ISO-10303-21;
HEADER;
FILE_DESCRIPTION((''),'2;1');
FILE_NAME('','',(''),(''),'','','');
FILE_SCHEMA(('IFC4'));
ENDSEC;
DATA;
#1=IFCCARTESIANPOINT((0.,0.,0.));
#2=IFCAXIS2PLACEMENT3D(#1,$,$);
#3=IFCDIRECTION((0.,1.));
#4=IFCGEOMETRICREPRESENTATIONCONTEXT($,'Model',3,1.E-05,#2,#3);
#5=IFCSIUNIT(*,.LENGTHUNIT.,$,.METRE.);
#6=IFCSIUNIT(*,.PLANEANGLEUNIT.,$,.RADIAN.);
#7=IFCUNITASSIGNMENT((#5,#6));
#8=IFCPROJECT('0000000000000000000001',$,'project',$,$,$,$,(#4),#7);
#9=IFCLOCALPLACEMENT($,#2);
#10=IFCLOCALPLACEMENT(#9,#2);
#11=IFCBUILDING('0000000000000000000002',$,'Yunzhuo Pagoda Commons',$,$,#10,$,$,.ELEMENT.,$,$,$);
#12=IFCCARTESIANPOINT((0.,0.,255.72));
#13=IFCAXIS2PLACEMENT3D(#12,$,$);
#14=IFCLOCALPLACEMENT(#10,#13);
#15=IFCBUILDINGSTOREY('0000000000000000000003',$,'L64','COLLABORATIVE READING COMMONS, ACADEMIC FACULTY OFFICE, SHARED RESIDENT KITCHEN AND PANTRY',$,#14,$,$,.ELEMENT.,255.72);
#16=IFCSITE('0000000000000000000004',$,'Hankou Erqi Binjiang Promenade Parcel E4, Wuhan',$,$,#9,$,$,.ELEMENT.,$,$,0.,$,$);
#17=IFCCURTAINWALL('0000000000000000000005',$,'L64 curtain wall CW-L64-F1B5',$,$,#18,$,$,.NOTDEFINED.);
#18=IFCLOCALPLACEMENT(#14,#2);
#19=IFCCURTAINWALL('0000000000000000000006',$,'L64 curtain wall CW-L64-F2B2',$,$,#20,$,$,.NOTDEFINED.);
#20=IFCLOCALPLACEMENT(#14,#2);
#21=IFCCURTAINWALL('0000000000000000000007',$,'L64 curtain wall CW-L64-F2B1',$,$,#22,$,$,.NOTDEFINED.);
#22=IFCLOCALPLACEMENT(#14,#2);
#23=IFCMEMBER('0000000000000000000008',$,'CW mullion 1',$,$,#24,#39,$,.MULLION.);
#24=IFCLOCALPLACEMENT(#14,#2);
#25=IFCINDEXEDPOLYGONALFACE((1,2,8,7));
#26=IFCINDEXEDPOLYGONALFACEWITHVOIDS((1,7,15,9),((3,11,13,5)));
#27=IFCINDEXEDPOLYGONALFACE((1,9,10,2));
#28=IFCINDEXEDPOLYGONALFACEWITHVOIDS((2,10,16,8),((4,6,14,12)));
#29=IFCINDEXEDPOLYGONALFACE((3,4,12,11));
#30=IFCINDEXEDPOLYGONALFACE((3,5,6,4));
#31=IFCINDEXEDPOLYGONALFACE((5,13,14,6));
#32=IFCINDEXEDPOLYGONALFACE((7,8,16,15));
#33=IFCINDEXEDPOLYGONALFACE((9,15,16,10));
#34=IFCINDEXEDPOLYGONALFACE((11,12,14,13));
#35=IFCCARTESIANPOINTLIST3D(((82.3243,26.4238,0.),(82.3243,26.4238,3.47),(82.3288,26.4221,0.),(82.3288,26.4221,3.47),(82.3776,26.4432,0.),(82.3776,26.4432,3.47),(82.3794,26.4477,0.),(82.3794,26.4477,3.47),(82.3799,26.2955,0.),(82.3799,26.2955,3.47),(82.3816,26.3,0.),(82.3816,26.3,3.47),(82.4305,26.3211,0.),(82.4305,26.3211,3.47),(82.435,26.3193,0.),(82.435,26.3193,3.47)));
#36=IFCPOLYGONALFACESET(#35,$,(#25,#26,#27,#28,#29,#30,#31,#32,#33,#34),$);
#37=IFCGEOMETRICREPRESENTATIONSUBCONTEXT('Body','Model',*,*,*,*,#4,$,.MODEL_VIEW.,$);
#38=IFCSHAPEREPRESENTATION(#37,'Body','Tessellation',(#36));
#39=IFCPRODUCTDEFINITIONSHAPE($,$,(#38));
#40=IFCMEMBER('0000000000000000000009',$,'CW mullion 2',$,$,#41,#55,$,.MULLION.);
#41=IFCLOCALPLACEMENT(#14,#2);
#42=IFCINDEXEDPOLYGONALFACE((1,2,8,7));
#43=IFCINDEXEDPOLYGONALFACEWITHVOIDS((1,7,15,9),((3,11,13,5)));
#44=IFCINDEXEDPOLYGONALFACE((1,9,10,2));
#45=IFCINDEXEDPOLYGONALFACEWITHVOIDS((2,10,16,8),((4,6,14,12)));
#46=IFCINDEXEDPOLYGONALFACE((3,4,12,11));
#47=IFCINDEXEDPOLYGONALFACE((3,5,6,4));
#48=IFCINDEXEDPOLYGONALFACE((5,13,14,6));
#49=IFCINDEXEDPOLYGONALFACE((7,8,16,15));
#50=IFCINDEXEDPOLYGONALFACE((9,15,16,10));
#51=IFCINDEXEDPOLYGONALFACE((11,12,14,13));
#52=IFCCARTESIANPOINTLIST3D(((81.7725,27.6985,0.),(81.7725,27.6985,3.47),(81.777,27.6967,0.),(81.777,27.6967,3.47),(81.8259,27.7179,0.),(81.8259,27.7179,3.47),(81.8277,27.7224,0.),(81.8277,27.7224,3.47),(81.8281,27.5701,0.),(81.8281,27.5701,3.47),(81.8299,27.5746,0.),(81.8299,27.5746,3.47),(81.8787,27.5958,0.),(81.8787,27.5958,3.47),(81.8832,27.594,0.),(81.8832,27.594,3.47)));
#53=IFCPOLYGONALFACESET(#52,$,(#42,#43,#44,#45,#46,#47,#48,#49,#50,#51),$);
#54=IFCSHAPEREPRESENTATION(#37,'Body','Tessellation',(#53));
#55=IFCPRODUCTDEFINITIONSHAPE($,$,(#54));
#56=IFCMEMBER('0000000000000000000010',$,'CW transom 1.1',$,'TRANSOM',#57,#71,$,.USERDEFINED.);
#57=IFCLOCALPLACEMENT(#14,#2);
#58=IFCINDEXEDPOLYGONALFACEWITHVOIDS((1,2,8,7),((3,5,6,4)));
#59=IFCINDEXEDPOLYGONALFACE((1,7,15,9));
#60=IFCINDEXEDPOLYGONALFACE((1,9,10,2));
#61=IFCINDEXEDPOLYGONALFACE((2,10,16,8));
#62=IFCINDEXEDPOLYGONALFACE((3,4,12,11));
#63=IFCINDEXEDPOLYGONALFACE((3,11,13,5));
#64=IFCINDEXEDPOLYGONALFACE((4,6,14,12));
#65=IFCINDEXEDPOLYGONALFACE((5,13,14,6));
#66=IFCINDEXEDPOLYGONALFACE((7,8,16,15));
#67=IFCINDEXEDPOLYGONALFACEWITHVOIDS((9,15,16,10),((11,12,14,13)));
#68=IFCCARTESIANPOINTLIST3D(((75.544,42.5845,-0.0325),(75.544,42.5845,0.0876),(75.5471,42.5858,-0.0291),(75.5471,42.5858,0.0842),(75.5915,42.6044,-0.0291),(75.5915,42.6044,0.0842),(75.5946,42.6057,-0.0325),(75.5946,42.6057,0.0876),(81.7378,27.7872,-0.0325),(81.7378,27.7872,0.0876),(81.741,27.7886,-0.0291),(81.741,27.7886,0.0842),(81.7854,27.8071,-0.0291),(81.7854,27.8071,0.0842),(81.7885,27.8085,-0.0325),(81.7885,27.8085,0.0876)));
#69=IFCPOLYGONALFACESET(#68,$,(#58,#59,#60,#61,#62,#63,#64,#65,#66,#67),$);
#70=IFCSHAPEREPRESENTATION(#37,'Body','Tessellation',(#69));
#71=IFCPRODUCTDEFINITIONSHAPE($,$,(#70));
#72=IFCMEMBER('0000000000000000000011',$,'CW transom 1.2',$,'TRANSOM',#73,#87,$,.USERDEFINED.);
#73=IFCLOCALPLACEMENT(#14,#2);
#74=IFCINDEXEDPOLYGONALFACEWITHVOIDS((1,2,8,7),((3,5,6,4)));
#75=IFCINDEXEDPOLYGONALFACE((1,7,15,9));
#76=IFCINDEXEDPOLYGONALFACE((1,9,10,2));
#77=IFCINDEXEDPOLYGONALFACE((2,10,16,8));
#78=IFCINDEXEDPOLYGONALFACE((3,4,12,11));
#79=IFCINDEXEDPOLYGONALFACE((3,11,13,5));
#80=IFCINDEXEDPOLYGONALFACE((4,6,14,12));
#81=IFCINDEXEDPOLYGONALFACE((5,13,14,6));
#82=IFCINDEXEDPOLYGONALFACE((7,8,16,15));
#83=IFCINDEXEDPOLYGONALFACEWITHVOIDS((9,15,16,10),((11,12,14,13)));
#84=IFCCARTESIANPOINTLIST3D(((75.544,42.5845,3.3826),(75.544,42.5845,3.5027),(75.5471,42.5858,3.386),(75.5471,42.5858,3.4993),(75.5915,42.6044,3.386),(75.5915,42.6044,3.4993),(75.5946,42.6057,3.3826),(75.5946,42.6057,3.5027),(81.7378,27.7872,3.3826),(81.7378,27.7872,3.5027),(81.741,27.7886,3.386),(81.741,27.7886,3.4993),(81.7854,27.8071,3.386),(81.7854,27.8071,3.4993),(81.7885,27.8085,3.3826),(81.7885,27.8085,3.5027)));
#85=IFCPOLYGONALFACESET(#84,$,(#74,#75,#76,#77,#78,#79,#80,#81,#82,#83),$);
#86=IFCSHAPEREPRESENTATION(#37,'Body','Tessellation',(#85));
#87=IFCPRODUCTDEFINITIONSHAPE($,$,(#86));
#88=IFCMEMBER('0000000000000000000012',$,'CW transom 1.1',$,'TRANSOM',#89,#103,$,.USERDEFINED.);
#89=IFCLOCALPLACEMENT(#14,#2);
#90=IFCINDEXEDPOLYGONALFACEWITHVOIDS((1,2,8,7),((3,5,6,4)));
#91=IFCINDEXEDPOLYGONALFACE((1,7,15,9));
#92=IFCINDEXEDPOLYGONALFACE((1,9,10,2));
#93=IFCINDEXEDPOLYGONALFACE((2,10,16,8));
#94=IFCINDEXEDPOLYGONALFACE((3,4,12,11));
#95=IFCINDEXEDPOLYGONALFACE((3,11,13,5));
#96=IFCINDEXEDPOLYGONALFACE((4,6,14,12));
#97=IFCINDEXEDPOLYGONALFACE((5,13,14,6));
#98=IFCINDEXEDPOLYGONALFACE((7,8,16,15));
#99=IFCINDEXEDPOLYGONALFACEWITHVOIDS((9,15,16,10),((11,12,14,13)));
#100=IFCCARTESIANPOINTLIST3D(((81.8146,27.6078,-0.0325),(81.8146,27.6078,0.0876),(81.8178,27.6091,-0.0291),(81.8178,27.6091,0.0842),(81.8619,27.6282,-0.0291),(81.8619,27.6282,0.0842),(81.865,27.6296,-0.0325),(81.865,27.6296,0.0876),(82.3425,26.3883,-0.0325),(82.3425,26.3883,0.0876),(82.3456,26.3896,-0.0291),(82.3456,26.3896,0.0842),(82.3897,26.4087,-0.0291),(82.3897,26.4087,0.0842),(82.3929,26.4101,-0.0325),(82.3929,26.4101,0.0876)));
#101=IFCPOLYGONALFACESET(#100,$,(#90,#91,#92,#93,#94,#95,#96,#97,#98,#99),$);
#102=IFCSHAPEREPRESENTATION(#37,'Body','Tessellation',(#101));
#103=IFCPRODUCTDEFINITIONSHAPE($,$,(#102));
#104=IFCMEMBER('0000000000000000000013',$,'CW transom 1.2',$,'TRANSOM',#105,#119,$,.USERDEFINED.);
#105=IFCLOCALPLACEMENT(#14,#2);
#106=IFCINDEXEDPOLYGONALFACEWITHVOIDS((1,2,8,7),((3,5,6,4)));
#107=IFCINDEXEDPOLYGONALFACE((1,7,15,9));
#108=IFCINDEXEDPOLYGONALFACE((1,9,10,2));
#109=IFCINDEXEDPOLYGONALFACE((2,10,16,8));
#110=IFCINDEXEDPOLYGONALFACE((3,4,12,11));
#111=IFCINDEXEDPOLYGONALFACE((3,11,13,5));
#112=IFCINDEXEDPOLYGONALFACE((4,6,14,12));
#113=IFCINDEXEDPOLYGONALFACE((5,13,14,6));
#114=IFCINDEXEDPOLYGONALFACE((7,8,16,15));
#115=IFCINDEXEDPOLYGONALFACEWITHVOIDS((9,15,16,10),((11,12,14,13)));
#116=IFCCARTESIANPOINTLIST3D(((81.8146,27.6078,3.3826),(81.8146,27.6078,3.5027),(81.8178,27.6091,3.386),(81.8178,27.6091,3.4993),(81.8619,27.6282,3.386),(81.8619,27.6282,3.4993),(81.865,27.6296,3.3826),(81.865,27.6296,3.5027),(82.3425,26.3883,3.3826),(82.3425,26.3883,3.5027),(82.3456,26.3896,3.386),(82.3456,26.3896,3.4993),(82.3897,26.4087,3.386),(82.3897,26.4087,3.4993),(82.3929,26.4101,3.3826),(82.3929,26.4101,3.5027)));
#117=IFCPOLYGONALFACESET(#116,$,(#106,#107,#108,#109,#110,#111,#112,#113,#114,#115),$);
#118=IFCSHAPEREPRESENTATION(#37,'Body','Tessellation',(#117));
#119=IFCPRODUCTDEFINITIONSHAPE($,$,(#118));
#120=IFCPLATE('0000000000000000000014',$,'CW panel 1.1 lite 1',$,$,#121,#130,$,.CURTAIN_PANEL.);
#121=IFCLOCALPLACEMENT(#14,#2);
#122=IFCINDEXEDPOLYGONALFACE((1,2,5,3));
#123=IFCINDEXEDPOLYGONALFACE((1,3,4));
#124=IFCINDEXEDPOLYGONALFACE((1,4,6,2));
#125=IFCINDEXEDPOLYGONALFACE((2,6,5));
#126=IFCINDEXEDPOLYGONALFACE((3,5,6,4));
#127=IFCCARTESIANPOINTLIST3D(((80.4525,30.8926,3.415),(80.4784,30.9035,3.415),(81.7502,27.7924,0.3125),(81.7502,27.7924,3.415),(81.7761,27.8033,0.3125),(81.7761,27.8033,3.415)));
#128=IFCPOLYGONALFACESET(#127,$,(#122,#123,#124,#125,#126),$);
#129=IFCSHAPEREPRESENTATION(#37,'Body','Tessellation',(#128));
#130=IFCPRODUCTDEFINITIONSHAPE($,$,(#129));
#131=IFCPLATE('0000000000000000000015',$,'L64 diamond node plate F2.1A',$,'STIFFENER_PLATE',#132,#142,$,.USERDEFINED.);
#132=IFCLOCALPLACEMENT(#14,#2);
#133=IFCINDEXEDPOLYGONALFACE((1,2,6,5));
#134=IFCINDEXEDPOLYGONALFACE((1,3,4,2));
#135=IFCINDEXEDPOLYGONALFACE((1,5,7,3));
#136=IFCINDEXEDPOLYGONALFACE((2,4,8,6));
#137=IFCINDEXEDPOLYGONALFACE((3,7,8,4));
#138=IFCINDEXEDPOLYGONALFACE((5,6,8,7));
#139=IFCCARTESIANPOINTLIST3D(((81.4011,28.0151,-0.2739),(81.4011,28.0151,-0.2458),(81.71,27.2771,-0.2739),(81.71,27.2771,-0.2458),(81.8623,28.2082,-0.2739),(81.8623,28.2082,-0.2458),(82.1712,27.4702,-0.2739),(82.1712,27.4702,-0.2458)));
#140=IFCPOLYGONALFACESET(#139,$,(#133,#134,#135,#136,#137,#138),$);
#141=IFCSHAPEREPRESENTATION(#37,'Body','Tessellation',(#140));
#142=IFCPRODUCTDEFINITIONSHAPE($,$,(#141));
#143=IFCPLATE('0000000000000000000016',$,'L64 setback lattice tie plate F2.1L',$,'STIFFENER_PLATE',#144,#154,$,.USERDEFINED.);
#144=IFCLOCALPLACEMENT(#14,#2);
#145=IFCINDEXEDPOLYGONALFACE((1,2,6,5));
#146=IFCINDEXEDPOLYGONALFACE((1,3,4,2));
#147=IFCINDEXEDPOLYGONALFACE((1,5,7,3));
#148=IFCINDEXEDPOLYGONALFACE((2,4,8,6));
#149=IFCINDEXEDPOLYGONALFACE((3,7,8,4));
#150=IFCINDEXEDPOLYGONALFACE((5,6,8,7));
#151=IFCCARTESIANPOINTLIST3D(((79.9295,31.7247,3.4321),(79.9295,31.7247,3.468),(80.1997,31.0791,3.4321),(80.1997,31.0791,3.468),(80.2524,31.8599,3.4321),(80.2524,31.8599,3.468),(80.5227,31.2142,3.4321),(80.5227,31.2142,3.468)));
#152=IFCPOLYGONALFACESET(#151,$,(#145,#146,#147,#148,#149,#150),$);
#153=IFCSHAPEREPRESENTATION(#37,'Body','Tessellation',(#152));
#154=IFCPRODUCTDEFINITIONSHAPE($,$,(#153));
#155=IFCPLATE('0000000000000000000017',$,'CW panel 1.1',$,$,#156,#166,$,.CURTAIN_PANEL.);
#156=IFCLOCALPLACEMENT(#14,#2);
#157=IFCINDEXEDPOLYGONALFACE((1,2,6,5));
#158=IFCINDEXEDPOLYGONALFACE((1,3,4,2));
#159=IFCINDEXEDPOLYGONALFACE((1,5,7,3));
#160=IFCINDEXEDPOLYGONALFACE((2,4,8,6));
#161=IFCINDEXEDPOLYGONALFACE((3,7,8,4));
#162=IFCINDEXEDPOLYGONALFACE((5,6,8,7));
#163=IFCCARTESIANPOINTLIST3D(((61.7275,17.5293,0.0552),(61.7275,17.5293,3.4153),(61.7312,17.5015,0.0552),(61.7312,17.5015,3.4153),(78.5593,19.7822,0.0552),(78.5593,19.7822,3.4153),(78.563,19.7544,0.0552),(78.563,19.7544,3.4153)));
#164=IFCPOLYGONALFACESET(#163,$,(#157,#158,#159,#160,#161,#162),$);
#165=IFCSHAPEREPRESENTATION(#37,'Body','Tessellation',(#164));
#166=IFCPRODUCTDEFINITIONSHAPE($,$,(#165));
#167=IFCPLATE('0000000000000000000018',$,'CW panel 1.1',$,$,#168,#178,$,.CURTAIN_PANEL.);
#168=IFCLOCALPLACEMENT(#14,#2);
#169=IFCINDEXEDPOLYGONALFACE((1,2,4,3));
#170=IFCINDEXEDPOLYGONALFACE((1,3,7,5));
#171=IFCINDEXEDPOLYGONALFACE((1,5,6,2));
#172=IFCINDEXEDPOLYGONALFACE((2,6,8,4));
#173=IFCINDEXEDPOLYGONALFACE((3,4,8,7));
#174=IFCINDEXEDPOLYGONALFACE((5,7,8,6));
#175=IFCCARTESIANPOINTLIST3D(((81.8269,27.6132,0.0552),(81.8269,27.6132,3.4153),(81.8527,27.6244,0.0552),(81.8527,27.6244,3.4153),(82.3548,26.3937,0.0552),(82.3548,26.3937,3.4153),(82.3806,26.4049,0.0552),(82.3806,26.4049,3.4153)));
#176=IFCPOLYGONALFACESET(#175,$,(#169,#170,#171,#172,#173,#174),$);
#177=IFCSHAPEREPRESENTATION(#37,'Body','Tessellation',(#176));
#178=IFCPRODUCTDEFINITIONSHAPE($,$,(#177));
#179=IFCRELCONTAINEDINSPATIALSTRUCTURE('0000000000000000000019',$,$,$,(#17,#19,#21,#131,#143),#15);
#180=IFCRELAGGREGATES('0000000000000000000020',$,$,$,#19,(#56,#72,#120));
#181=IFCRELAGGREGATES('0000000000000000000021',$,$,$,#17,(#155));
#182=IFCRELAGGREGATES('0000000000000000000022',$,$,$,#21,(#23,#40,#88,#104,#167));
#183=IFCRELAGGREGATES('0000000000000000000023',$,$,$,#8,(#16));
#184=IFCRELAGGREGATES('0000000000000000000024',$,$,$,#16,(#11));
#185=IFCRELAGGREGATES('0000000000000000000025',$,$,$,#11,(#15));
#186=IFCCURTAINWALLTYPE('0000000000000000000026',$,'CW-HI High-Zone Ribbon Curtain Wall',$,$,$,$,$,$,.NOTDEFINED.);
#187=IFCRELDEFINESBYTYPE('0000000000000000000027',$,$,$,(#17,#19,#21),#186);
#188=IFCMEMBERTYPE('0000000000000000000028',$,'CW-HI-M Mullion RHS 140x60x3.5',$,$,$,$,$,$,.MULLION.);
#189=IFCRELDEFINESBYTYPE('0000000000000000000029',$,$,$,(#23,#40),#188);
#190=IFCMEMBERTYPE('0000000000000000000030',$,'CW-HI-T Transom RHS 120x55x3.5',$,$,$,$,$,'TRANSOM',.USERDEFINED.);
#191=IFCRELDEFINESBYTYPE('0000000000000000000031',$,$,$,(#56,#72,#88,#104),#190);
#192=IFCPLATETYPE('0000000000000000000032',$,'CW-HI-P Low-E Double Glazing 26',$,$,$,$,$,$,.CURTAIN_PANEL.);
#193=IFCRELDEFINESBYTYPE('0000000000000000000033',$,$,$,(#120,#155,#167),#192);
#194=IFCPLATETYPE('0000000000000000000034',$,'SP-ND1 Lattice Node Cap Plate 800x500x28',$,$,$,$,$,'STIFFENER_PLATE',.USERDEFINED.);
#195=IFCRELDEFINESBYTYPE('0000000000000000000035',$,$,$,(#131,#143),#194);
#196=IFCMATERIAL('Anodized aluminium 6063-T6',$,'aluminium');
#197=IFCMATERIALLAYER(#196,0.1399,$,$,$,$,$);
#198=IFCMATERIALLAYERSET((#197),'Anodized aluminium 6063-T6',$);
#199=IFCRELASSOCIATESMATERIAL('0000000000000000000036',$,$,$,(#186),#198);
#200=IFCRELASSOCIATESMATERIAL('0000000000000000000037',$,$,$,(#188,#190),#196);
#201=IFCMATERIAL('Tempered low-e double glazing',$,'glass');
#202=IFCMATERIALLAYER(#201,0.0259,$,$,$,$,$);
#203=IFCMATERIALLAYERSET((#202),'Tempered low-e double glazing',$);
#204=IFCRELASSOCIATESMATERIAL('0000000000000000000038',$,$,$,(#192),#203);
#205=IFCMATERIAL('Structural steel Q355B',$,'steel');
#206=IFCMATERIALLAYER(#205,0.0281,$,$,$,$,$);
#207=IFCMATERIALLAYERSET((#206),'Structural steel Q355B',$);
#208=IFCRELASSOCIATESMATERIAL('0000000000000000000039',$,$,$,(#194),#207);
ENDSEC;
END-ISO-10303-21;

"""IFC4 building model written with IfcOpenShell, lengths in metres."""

from ifc_helpers import new_model, si_unit, direction, frame, origin, origin_2d, place, context, subcontext, project, spatial, polyline, rectangle, hollow_rectangle, outline, extrude, source, transform, mapped, material, layer, layer_set, material_profile, profile_set, type_object, element, aggregate, save


model = new_model("IFC4")

# Units and contexts
model_context = context("Model", 3, precision=1e-05, world=origin(), true_north=direction((0.0, 1.0)))
body_context = subcontext(model_context, "Body", "Model", "MODEL_VIEW")
ifc_project = project(units=[si_unit("LENGTHUNIT", "METRE"), si_unit("PLANEANGLEUNIT", "RADIAN")], contexts=[model_context])

# Site, building, storey
site_placement = place(None, origin())
site = spatial("IfcSite", under=ifc_project, at=site_placement, Name="Hankou Erqi Binjiang Promenade Parcel E4, Wuhan", CompositionType="ELEMENT", RefElevation=0.0)
building_placement = place(site_placement, origin())
building = spatial("IfcBuilding", under=site, at=building_placement, Name="Yunzhuo Pagoda Commons", CompositionType="ELEMENT")
storey_placement = place(building_placement, frame((0.0, 0.0, 255.72)))
storey = spatial("IfcBuildingStorey", under=building, at=storey_placement, Name="L64", Description="COLLABORATIVE READING COMMONS, ACADEMIC FACULTY OFFICE, SHARED RESIDENT KITCHEN AND PANTRY", CompositionType="ELEMENT", Elevation=255.72)

# Shared definitions
ifc_material_1 = material(Name="Structural steel Q355B", Category="steel")

# Curtain walls
ifc_material_2 = material(Name="Anodized aluminium 6063-T6", Category="aluminium")
ifc_layer_1 = layer(ifc_material_2, 0.1399)
ifc_layer_set_1 = layer_set([ifc_layer_1], Name="Anodized aluminium 6063-T6")
curtain_wall_type = type_object("IfcCurtainWallType", Name="CW-HI High-Zone Ribbon Curtain Wall", PredefinedType="NOTDEFINED", material=ifc_layer_set_1)
curtain_wall_1_placement = place(storey_placement, origin())
curtain_wall_1 = element("IfcCurtainWall", 1, at=curtain_wall_1_placement, inside=storey, type_object=curtain_wall_type, Name="L64 curtain wall CW-L64-F1B5", PredefinedType="NOTDEFINED")
ifc_material_profile_1 = material_profile(ifc_material_2, hollow_rectangle(XDim=0.0601, YDim=0.1399, WallThickness=0.0034, at=origin_2d()), Name="Anodized aluminium 6063-T6")
ifc_profile_set_1 = profile_set([ifc_material_profile_1], Name="Anodized aluminium 6063-T6")
member_type_1 = type_object("IfcMemberType", Name="CW-HI-M Mullion RHS 140x60x3.5", PredefinedType="MULLION", material=ifc_profile_set_1)
shared_shape_1 = source(origin(), body_context, "Body", "SweptSolid", [
    extrude(hollow_rectangle(XDim=0.0601, YDim=0.1399, WallThickness=0.0034, at=origin_2d()), origin(), (0.0, 0.0, 1.0), 3.47),
])
curtain_wall_2_placement = place(storey_placement, origin())
curtain_wall_2 = element("IfcCurtainWall", 2, at=curtain_wall_2_placement, inside=storey, type_object=curtain_wall_type, Name="L64 curtain wall CW-L64-F2B2", PredefinedType="NOTDEFINED")

# Curtain wall, members
curtain_wall_3_placement = place(storey_placement, origin())
curtain_wall_3 = element("IfcCurtainWall", 3, at=curtain_wall_3_placement, inside=storey, type_object=curtain_wall_type, Name="L64 curtain wall CW-L64-F2B1", PredefinedType="NOTDEFINED")
member_1_placement = place(storey_placement, frame((82.3796, 26.3716, 0.0), z_axis=(0.0, 0.0, 1.0), x_axis=(-0.917707, -0.397257, 0.0)))
member_1 = element("IfcMember", 4, at=member_1_placement, type_object=member_type_1, Name="CW mullion 1", PredefinedType="MULLION", context=body_context, shape_type="MappedRepresentation", body=[
    mapped(shared_shape_1, transform((0.0, 0.0, 0.0), scale=1.0)),
])
member_2_placement = place(storey_placement, frame((81.8279, 27.6462, 0.0), z_axis=(0.0, 0.0, 1.0), x_axis=(-0.917707, -0.397257, 0.0)))
member_2 = element("IfcMember", 5, at=member_2_placement, type_object=member_type_1, Name="CW mullion 2", PredefinedType="MULLION", context=body_context, shape_type="MappedRepresentation", body=[
    mapped(shared_shape_1, transform((0.0, 0.0, 0.0), scale=1.0)),
])

# Members
ifc_material_profile_2 = material_profile(ifc_material_2, hollow_rectangle(XDim=0.0549, YDim=0.1201, WallThickness=0.0034, at=origin_2d()), Name="Anodized aluminium 6063-T6")
ifc_profile_set_2 = profile_set([ifc_material_profile_2], Name="Anodized aluminium 6063-T6")
member_type_2 = type_object("IfcMemberType", Name="CW-HI-T Transom RHS 120x55x3.5", ElementType="TRANSOM", PredefinedType="USERDEFINED", material=ifc_profile_set_2)
shared_shape_2 = source(origin(), body_context, "Body", "SweptSolid", [
    extrude(hollow_rectangle(XDim=0.0549, YDim=0.1201, WallThickness=0.0034, at=origin_2d()), origin(), (0.0, 0.0, 1.0), 16.0413),
])
member_3_placement = place(storey_placement, frame((81.7632, 27.7979, 0.0276), z_axis=(-0.386122, 0.922448, 0.0), x_axis=(-0.922448, -0.386122, 0.0)))
member_3 = element("IfcMember", 6, at=member_3_placement, type_object=member_type_2, Name="CW transom 1.1", ObjectType="TRANSOM", PredefinedType="USERDEFINED", context=body_context, shape_type="MappedRepresentation", body=[
    mapped(shared_shape_2, transform((0.0, 0.0, 0.0), scale=1.0)),
])
member_4_placement = place(storey_placement, frame((81.7632, 27.7979, 3.4426), z_axis=(-0.386122, 0.922448, 0.0), x_axis=(-0.922448, -0.386122, 0.0)))
member_4 = element("IfcMember", 7, at=member_4_placement, type_object=member_type_2, Name="CW transom 1.2", ObjectType="TRANSOM", PredefinedType="USERDEFINED", context=body_context, shape_type="MappedRepresentation", body=[
    mapped(shared_shape_2, transform((0.0, 0.0, 0.0), scale=1.0)),
])
shared_shape_3 = source(origin(), body_context, "Body", "SweptSolid", [
    extrude(hollow_rectangle(XDim=0.0549, YDim=0.1201, WallThickness=0.0034, at=origin_2d()), origin(), (0.0, 0.0, 1.0), 1.3289),
])
member_5_placement = place(storey_placement, frame((82.3677, 26.3992, 0.0276), z_axis=(-0.397221, 0.917723, 0.0), x_axis=(-0.917723, -0.397221, 0.0)))
member_5 = element("IfcMember", 8, at=member_5_placement, type_object=member_type_2, Name="CW transom 1.1", ObjectType="TRANSOM", PredefinedType="USERDEFINED", context=body_context, shape_type="MappedRepresentation", body=[
    mapped(shared_shape_3, transform((0.0, 0.0, 0.0), scale=1.0)),
])
member_6_placement = place(storey_placement, frame((82.3677, 26.3992, 3.4426), z_axis=(-0.397221, 0.917723, 0.0), x_axis=(-0.917723, -0.397221, 0.0)))
member_6 = element("IfcMember", 9, at=member_6_placement, type_object=member_type_2, Name="CW transom 1.2", ObjectType="TRANSOM", PredefinedType="USERDEFINED", context=body_context, shape_type="MappedRepresentation", body=[
    mapped(shared_shape_3, transform((0.0, 0.0, 0.0), scale=1.0)),
])

# Plate
ifc_material_3 = material(Name="Tempered low-e double glazing", Category="glass")
ifc_layer_2 = layer(ifc_material_3, 0.0259)
ifc_layer_set_2 = layer_set([ifc_layer_2], Name="Tempered low-e double glazing")
plate_type_1 = type_object("IfcPlateType", Name="CW-HI-P Low-E Double Glazing 26", PredefinedType="CURTAIN_PANEL", material=ifc_layer_set_2)
plate_1_placement = place(storey_placement, frame((81.1013, 29.3425, 1.8638), z_axis=(0.922451, 0.386115, 0.0), x_axis=(-0.386115, 0.922451, 0.0)))
plate_1 = element("IfcPlate", 10, at=plate_1_placement, type_object=plate_type_1, Name="CW panel 1.1 lite 1", PredefinedType="CURTAIN_PANEL", context=body_context, shape_type="SweptSolid", body=[
    extrude(outline(polyline([(-1.6804, -1.5513), (1.6804, 1.5513), (-1.6804, 1.5513), (-1.6804, -1.5513)])), origin(), (0.0, 0.0, 1.0), 0.0281),
])
aggregate(curtain_wall_2, [member_3, member_4, plate_1])

# Plates
ifc_layer_3 = layer(ifc_material_1, 0.0281)
ifc_layer_set_3 = layer_set([ifc_layer_3], Name="Structural steel Q355B")
plate_type_2 = type_object("IfcPlateType", Name="SP-ND1 Lattice Node Cap Plate 800x500x28", ElementType="STIFFENER_PLATE", PredefinedType="USERDEFINED", material=ifc_layer_set_3)
shared_shape_4 = source(origin(), body_context, "Body", "SweptSolid", [
    extrude(rectangle(XDim=0.8, YDim=0.5, at=origin_2d()), origin(), (0.0, 0.0, 1.0), 0.0281),
])
plate_2_placement = place(storey_placement, frame((81.7861, 27.7427, -0.2739), z_axis=(0.0, 0.0, 1.0), x_axis=(-0.386115, 0.922451, 0.0)))
element("IfcPlate", 11, at=plate_2_placement, inside=storey, type_object=plate_type_2, Name="L64 diamond node plate F2.1A", ObjectType="STIFFENER_PLATE", PredefinedType="USERDEFINED", context=body_context, shape_type="MappedRepresentation", body=[
    mapped(shared_shape_4, transform((0.0, 0.0, 0.0), scale=1.0)),
])
shared_shape_5 = source(origin(), body_context, "Body", "SweptSolid", [
    extrude(rectangle(XDim=0.7, YDim=0.3501, at=origin_2d()), origin(), (0.0, 0.0, 1.0), 0.0359),
])
plate_3_placement = place(storey_placement, frame((80.2261, 31.4695, 3.4321), z_axis=(0.0, 0.0, 1.0), x_axis=(-0.386115, 0.922451, 0.0)))
element("IfcPlate", 12, at=plate_3_placement, inside=storey, type_object=plate_type_2, Name="L64 setback lattice tie plate F2.1L", ObjectType="STIFFENER_PLATE", PredefinedType="USERDEFINED", context=body_context, shape_type="MappedRepresentation", body=[
    mapped(shared_shape_5, transform((0.0, 0.0, 0.0), scale=1.0)),
])

# Plates
shared_shape_6 = source(origin(), body_context, "Body", "SweptSolid", [
    extrude(rectangle(XDim=16.9819, YDim=0.0281, at=origin_2d()), origin(), (0.0, 0.0, 1.0), 3.3601),
])
plate_4_placement = place(storey_placement, frame((70.1453, 18.6418, 0.0552), z_axis=(0.0, 0.0, 1.0), x_axis=(0.991161, 0.132664, 0.0)))
plate_4 = element("IfcPlate", 13, at=plate_4_placement, type_object=plate_type_1, Name="CW panel 1.1", PredefinedType="CURTAIN_PANEL", context=body_context, shape_type="MappedRepresentation", body=[
    mapped(shared_shape_6, transform((0.0, 0.0, 0.0), scale=1.0)),
])
aggregate(curtain_wall_1, [plate_4])
shared_shape_7 = source(origin(), body_context, "Body", "SweptSolid", [
    extrude(rectangle(XDim=1.3289, YDim=0.0281, at=origin_2d()), origin(), (0.0, 0.0, 1.0), 3.3601),
])
plate_5_placement = place(storey_placement, frame((82.1038, 27.009, 0.0552), z_axis=(0.0, 0.0, 1.0), x_axis=(-0.397257, 0.917707, 0.0)))
plate_5 = element("IfcPlate", 14, at=plate_5_placement, type_object=plate_type_1, Name="CW panel 1.1", PredefinedType="CURTAIN_PANEL", context=body_context, shape_type="MappedRepresentation", body=[
    mapped(shared_shape_7, transform((0.0, 0.0, 0.0), scale=1.0)),
])
aggregate(curtain_wall_3, [member_1, member_2, member_5, member_6, plate_5])

save(model, "model.ifc")
